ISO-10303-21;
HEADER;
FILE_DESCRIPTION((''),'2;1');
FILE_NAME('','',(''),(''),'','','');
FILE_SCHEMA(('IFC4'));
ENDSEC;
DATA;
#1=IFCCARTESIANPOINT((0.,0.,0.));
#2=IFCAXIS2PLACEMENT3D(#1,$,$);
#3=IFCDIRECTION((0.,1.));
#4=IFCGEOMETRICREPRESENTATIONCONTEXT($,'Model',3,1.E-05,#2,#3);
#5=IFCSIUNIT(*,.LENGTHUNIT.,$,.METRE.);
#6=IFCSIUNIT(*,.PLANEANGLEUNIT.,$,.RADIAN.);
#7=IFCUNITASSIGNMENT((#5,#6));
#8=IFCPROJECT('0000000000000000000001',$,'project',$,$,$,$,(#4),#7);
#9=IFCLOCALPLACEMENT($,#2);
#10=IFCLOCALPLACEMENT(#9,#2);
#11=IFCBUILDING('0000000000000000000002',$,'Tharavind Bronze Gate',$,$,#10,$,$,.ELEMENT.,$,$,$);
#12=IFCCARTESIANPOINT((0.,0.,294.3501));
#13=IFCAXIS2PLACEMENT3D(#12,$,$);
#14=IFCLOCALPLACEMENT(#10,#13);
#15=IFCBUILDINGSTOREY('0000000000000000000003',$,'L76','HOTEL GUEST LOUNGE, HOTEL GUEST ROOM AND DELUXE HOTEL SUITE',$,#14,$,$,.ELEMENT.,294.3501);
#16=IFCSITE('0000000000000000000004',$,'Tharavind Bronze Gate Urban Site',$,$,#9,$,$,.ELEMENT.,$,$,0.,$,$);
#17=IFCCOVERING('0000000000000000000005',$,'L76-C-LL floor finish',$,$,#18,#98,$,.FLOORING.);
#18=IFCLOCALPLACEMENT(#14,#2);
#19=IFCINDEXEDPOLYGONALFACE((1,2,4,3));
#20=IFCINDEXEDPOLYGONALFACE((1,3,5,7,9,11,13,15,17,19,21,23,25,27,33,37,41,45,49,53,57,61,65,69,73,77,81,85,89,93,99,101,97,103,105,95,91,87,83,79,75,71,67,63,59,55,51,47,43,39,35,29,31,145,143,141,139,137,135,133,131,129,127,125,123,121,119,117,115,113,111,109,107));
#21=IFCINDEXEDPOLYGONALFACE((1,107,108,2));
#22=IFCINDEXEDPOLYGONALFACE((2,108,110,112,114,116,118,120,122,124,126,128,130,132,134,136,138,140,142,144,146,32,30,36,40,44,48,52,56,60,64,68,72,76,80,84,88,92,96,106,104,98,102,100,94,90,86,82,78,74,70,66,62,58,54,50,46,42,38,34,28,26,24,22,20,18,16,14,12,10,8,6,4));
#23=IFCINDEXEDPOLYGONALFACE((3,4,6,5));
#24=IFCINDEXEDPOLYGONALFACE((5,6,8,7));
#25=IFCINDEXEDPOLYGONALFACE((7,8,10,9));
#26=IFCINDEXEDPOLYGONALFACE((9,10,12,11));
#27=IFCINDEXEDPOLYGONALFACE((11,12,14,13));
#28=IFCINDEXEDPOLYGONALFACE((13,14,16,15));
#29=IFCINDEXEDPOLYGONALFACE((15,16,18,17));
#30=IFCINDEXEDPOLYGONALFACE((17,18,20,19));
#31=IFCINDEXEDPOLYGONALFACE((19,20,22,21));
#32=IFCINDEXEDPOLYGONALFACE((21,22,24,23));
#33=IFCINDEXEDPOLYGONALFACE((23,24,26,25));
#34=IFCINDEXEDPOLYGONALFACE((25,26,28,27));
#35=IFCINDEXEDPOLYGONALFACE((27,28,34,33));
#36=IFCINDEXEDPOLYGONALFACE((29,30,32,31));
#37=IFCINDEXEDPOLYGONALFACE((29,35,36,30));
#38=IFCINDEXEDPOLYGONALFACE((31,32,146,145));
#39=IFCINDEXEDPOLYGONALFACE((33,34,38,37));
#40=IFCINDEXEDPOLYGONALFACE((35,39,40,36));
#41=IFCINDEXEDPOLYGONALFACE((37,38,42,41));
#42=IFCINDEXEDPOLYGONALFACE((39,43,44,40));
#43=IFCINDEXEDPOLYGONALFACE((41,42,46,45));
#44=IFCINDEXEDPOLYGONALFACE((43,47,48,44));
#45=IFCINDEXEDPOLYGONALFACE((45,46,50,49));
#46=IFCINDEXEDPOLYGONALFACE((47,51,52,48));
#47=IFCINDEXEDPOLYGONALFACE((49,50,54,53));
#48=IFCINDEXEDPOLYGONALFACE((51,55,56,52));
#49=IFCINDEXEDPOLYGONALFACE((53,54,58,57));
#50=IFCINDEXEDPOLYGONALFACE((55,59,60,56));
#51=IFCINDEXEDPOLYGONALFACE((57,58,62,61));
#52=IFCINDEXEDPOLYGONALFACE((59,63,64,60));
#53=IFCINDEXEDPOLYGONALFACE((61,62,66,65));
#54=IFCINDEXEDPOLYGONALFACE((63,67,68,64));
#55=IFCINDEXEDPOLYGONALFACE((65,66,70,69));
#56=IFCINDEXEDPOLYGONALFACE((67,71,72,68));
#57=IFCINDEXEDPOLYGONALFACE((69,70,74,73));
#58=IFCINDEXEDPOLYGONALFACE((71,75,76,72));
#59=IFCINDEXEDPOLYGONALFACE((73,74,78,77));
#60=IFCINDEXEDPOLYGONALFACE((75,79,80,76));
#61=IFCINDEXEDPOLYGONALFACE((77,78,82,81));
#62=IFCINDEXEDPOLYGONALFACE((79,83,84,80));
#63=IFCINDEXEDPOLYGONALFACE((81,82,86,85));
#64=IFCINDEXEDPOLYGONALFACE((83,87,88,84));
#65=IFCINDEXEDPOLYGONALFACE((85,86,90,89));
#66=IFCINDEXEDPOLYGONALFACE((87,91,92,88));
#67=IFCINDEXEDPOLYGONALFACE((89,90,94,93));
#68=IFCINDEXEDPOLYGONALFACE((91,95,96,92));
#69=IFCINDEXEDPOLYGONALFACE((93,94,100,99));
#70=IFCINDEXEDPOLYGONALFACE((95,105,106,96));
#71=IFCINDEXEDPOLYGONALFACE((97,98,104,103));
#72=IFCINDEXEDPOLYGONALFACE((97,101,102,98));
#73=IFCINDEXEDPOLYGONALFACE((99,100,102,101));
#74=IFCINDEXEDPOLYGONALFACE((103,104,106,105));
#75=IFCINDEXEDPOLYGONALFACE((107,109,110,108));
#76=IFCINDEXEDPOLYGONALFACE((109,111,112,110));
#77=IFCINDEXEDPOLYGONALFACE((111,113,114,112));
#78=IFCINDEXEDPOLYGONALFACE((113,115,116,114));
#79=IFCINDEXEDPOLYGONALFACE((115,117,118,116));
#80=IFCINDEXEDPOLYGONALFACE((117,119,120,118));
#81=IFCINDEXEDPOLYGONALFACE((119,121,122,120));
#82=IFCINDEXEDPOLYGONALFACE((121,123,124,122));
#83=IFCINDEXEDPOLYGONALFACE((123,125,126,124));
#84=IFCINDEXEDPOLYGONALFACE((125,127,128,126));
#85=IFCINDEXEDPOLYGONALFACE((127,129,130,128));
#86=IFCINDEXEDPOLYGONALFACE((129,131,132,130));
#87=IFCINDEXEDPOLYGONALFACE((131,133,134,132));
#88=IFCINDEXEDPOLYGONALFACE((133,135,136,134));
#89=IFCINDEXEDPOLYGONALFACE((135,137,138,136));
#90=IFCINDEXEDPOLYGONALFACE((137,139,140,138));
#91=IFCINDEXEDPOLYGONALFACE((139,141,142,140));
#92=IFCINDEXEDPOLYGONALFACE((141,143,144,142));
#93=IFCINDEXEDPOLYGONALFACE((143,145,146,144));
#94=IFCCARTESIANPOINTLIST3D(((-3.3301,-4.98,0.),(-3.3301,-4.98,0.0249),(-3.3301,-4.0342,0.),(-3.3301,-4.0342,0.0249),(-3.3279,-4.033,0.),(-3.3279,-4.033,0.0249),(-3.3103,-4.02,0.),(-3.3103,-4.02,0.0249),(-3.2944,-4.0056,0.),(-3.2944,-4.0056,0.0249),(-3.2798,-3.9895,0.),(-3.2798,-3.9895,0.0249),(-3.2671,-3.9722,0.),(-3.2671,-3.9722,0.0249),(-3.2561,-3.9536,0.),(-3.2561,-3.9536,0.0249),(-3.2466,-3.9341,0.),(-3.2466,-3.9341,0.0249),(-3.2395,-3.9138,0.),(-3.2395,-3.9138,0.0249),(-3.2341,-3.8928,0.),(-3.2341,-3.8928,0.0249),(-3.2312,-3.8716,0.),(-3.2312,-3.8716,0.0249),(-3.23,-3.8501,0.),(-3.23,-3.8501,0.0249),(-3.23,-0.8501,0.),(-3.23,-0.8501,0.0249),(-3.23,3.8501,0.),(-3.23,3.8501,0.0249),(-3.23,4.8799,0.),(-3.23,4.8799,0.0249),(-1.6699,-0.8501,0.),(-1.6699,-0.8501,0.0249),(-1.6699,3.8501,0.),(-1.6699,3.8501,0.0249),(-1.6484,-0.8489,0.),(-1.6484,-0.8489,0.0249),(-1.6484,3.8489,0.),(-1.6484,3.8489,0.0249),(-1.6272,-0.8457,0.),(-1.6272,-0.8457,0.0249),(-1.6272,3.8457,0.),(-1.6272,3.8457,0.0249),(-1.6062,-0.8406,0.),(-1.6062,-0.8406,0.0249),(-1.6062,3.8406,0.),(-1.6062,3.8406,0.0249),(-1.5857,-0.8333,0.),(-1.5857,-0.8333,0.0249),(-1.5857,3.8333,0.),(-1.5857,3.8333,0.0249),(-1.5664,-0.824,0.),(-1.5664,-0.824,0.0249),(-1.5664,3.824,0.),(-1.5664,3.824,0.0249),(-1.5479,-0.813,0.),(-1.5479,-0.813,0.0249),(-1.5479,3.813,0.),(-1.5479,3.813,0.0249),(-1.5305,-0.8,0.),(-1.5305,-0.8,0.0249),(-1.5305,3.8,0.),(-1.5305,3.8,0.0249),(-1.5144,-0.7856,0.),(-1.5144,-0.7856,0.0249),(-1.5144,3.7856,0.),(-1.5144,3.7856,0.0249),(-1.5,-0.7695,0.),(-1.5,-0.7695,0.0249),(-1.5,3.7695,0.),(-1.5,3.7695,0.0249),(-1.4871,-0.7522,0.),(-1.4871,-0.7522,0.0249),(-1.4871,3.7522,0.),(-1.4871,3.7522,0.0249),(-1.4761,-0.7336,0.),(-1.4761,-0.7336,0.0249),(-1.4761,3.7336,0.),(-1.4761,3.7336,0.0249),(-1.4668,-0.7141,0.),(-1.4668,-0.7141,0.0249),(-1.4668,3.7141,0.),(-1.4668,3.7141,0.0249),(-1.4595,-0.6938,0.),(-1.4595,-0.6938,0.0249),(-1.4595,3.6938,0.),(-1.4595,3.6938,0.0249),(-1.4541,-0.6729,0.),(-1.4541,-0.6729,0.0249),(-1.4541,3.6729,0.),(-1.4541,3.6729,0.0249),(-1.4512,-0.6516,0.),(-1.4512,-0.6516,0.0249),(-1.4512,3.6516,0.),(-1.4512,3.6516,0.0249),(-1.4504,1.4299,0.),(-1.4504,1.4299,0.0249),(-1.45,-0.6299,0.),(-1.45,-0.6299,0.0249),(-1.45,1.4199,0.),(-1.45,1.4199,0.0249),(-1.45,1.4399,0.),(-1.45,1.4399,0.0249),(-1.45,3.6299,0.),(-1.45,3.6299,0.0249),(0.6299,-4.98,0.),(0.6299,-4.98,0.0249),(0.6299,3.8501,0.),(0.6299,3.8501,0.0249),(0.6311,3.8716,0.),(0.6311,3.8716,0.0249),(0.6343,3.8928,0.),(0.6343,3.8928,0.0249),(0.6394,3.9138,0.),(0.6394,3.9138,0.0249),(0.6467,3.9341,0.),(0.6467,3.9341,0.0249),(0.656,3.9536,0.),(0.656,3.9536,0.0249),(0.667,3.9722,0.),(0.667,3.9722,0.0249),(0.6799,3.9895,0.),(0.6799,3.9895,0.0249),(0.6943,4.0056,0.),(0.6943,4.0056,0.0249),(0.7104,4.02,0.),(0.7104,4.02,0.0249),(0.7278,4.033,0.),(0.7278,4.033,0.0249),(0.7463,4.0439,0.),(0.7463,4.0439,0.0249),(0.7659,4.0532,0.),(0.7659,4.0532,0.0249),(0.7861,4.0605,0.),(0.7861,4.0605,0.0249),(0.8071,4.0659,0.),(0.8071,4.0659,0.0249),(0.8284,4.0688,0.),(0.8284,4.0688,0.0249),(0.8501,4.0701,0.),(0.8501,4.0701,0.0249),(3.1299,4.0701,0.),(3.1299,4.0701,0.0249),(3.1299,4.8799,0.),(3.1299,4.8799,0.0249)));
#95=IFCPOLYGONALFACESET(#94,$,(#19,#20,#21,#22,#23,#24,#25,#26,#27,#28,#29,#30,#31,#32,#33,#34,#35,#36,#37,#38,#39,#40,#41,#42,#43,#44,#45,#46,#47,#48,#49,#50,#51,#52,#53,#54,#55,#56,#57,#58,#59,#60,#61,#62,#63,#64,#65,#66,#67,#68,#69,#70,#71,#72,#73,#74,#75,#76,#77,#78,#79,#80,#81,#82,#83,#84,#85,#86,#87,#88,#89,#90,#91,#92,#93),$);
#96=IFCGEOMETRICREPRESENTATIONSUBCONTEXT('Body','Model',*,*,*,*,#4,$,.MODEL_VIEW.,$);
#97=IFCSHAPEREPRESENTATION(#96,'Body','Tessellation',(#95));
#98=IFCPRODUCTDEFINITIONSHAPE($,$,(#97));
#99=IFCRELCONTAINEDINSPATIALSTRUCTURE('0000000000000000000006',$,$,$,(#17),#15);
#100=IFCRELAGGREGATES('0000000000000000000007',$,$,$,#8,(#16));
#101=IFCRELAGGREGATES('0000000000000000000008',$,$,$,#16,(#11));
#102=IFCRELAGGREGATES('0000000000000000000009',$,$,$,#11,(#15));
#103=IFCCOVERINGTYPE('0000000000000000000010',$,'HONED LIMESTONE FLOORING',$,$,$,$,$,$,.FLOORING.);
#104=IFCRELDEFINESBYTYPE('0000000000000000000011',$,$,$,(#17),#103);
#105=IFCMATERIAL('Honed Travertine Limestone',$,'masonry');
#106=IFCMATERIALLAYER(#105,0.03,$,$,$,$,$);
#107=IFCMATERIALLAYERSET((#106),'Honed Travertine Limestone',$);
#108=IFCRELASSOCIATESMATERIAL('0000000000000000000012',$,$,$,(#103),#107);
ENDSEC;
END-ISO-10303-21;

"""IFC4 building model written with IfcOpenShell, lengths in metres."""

from ifc_helpers import new_model, si_unit, direction, frame, origin, place, context, subcontext, project, spatial, polyline, outline, extrude, material, layer, layer_set, type_object, element, save


model = new_model("IFC4")

# Units and contexts
model_context = context("Model", 3, precision=1e-05, world=origin(), true_north=direction((0.0, 1.0)))
body_context = subcontext(model_context, "Body", "Model", "MODEL_VIEW")
ifc_project = project(units=[si_unit("LENGTHUNIT", "METRE"), si_unit("PLANEANGLEUNIT", "RADIAN")], contexts=[model_context])

# Site, building, storey
site_placement = place(None, origin())
site = spatial("IfcSite", under=ifc_project, at=site_placement, Name="Tharavind Bronze Gate Urban Site", CompositionType="ELEMENT", RefElevation=0.0)
building_placement = place(site_placement, origin())
building = spatial("IfcBuilding", under=site, at=building_placement, Name="Tharavind Bronze Gate", CompositionType="ELEMENT")
storey_placement = place(building_placement, frame((0.0, 0.0, 294.3501)))
storey = spatial("IfcBuildingStorey", under=building, at=storey_placement, Name="L76", Description="HOTEL GUEST LOUNGE, HOTEL GUEST ROOM AND DELUXE HOTEL SUITE", CompositionType="ELEMENT", Elevation=294.3501)

# Covering
ifc_material_1 = material(Name="Honed Travertine Limestone", Category="masonry")
ifc_layer_1 = layer(ifc_material_1, 0.03)
ifc_layer_set_1 = layer_set([ifc_layer_1], Name="Honed Travertine Limestone")
covering_type_1 = type_object("IfcCoveringType", Name="HONED LIMESTONE FLOORING", PredefinedType="FLOORING", material=ifc_layer_set_1)
covering_1_placement = place(storey_placement, origin())
element("IfcCovering", 1, at=covering_1_placement, inside=storey, type_object=covering_type_1, Name="L76-C-LL floor finish", PredefinedType="FLOORING", context=body_context, shape_type="SweptSolid", body=[
    extrude(outline(polyline([(-3.3301, -4.98), (0.6299, -4.98), (0.6299, 3.8501), (0.6311, 3.8716), (0.6343, 3.8928), (0.6394, 3.9138), (0.6467, 3.9341), (0.656, 3.9536), (0.667, 3.9722), (0.6799, 3.9895), (0.6943, 4.0056), (0.7104, 4.02), (0.7278, 4.033), (0.7463, 4.0439), (0.7659, 4.0532), (0.7861, 4.0605), (0.8071, 4.0659), (0.8284, 4.0688), (0.8501, 4.0701), (3.1299, 4.0701), (3.1299, 4.8799), (-3.23, 4.8799), (-3.23, 3.8501), (-1.6699, 3.8501), (-1.6484, 3.8489), (-1.6272, 3.8457), (-1.6062, 3.8406), (-1.5857, 3.8333), (-1.5664, 3.824), (-1.5479, 3.813), (-1.5305, 3.8), (-1.5144, 3.7856), (-1.5, 3.7695), (-1.4871, 3.7522), (-1.4761, 3.7336), (-1.4668, 3.7141), (-1.4595, 3.6938), (-1.4541, 3.6729), (-1.4512, 3.6516), (-1.45, 3.6299), (-1.45, 1.4399), (-1.4504, 1.4299), (-1.45, 1.4199), (-1.45, -0.6299), (-1.4512, -0.6516), (-1.4541, -0.6729), (-1.4595, -0.6938), (-1.4668, -0.7141), (-1.4761, -0.7336), (-1.4871, -0.7522), (-1.5, -0.7695), (-1.5144, -0.7856), (-1.5305, -0.8), (-1.5479, -0.813), (-1.5664, -0.824), (-1.5857, -0.8333), (-1.6062, -0.8406), (-1.6272, -0.8457), (-1.6484, -0.8489), (-1.6699, -0.8501), (-3.23, -0.8501), (-3.23, -3.8501), (-3.2312, -3.8716), (-3.2341, -3.8928), (-3.2395, -3.9138), (-3.2466, -3.9341), (-3.2561, -3.9536), (-3.2671, -3.9722), (-3.2798, -3.9895), (-3.2944, -4.0056), (-3.3103, -4.02), (-3.3279, -4.033), (-3.3301, -4.0342), (-3.3301, -4.98)])), origin(), (0.0, 0.0, 1.0), 0.0249),
])

save(model, "model.ifc")
